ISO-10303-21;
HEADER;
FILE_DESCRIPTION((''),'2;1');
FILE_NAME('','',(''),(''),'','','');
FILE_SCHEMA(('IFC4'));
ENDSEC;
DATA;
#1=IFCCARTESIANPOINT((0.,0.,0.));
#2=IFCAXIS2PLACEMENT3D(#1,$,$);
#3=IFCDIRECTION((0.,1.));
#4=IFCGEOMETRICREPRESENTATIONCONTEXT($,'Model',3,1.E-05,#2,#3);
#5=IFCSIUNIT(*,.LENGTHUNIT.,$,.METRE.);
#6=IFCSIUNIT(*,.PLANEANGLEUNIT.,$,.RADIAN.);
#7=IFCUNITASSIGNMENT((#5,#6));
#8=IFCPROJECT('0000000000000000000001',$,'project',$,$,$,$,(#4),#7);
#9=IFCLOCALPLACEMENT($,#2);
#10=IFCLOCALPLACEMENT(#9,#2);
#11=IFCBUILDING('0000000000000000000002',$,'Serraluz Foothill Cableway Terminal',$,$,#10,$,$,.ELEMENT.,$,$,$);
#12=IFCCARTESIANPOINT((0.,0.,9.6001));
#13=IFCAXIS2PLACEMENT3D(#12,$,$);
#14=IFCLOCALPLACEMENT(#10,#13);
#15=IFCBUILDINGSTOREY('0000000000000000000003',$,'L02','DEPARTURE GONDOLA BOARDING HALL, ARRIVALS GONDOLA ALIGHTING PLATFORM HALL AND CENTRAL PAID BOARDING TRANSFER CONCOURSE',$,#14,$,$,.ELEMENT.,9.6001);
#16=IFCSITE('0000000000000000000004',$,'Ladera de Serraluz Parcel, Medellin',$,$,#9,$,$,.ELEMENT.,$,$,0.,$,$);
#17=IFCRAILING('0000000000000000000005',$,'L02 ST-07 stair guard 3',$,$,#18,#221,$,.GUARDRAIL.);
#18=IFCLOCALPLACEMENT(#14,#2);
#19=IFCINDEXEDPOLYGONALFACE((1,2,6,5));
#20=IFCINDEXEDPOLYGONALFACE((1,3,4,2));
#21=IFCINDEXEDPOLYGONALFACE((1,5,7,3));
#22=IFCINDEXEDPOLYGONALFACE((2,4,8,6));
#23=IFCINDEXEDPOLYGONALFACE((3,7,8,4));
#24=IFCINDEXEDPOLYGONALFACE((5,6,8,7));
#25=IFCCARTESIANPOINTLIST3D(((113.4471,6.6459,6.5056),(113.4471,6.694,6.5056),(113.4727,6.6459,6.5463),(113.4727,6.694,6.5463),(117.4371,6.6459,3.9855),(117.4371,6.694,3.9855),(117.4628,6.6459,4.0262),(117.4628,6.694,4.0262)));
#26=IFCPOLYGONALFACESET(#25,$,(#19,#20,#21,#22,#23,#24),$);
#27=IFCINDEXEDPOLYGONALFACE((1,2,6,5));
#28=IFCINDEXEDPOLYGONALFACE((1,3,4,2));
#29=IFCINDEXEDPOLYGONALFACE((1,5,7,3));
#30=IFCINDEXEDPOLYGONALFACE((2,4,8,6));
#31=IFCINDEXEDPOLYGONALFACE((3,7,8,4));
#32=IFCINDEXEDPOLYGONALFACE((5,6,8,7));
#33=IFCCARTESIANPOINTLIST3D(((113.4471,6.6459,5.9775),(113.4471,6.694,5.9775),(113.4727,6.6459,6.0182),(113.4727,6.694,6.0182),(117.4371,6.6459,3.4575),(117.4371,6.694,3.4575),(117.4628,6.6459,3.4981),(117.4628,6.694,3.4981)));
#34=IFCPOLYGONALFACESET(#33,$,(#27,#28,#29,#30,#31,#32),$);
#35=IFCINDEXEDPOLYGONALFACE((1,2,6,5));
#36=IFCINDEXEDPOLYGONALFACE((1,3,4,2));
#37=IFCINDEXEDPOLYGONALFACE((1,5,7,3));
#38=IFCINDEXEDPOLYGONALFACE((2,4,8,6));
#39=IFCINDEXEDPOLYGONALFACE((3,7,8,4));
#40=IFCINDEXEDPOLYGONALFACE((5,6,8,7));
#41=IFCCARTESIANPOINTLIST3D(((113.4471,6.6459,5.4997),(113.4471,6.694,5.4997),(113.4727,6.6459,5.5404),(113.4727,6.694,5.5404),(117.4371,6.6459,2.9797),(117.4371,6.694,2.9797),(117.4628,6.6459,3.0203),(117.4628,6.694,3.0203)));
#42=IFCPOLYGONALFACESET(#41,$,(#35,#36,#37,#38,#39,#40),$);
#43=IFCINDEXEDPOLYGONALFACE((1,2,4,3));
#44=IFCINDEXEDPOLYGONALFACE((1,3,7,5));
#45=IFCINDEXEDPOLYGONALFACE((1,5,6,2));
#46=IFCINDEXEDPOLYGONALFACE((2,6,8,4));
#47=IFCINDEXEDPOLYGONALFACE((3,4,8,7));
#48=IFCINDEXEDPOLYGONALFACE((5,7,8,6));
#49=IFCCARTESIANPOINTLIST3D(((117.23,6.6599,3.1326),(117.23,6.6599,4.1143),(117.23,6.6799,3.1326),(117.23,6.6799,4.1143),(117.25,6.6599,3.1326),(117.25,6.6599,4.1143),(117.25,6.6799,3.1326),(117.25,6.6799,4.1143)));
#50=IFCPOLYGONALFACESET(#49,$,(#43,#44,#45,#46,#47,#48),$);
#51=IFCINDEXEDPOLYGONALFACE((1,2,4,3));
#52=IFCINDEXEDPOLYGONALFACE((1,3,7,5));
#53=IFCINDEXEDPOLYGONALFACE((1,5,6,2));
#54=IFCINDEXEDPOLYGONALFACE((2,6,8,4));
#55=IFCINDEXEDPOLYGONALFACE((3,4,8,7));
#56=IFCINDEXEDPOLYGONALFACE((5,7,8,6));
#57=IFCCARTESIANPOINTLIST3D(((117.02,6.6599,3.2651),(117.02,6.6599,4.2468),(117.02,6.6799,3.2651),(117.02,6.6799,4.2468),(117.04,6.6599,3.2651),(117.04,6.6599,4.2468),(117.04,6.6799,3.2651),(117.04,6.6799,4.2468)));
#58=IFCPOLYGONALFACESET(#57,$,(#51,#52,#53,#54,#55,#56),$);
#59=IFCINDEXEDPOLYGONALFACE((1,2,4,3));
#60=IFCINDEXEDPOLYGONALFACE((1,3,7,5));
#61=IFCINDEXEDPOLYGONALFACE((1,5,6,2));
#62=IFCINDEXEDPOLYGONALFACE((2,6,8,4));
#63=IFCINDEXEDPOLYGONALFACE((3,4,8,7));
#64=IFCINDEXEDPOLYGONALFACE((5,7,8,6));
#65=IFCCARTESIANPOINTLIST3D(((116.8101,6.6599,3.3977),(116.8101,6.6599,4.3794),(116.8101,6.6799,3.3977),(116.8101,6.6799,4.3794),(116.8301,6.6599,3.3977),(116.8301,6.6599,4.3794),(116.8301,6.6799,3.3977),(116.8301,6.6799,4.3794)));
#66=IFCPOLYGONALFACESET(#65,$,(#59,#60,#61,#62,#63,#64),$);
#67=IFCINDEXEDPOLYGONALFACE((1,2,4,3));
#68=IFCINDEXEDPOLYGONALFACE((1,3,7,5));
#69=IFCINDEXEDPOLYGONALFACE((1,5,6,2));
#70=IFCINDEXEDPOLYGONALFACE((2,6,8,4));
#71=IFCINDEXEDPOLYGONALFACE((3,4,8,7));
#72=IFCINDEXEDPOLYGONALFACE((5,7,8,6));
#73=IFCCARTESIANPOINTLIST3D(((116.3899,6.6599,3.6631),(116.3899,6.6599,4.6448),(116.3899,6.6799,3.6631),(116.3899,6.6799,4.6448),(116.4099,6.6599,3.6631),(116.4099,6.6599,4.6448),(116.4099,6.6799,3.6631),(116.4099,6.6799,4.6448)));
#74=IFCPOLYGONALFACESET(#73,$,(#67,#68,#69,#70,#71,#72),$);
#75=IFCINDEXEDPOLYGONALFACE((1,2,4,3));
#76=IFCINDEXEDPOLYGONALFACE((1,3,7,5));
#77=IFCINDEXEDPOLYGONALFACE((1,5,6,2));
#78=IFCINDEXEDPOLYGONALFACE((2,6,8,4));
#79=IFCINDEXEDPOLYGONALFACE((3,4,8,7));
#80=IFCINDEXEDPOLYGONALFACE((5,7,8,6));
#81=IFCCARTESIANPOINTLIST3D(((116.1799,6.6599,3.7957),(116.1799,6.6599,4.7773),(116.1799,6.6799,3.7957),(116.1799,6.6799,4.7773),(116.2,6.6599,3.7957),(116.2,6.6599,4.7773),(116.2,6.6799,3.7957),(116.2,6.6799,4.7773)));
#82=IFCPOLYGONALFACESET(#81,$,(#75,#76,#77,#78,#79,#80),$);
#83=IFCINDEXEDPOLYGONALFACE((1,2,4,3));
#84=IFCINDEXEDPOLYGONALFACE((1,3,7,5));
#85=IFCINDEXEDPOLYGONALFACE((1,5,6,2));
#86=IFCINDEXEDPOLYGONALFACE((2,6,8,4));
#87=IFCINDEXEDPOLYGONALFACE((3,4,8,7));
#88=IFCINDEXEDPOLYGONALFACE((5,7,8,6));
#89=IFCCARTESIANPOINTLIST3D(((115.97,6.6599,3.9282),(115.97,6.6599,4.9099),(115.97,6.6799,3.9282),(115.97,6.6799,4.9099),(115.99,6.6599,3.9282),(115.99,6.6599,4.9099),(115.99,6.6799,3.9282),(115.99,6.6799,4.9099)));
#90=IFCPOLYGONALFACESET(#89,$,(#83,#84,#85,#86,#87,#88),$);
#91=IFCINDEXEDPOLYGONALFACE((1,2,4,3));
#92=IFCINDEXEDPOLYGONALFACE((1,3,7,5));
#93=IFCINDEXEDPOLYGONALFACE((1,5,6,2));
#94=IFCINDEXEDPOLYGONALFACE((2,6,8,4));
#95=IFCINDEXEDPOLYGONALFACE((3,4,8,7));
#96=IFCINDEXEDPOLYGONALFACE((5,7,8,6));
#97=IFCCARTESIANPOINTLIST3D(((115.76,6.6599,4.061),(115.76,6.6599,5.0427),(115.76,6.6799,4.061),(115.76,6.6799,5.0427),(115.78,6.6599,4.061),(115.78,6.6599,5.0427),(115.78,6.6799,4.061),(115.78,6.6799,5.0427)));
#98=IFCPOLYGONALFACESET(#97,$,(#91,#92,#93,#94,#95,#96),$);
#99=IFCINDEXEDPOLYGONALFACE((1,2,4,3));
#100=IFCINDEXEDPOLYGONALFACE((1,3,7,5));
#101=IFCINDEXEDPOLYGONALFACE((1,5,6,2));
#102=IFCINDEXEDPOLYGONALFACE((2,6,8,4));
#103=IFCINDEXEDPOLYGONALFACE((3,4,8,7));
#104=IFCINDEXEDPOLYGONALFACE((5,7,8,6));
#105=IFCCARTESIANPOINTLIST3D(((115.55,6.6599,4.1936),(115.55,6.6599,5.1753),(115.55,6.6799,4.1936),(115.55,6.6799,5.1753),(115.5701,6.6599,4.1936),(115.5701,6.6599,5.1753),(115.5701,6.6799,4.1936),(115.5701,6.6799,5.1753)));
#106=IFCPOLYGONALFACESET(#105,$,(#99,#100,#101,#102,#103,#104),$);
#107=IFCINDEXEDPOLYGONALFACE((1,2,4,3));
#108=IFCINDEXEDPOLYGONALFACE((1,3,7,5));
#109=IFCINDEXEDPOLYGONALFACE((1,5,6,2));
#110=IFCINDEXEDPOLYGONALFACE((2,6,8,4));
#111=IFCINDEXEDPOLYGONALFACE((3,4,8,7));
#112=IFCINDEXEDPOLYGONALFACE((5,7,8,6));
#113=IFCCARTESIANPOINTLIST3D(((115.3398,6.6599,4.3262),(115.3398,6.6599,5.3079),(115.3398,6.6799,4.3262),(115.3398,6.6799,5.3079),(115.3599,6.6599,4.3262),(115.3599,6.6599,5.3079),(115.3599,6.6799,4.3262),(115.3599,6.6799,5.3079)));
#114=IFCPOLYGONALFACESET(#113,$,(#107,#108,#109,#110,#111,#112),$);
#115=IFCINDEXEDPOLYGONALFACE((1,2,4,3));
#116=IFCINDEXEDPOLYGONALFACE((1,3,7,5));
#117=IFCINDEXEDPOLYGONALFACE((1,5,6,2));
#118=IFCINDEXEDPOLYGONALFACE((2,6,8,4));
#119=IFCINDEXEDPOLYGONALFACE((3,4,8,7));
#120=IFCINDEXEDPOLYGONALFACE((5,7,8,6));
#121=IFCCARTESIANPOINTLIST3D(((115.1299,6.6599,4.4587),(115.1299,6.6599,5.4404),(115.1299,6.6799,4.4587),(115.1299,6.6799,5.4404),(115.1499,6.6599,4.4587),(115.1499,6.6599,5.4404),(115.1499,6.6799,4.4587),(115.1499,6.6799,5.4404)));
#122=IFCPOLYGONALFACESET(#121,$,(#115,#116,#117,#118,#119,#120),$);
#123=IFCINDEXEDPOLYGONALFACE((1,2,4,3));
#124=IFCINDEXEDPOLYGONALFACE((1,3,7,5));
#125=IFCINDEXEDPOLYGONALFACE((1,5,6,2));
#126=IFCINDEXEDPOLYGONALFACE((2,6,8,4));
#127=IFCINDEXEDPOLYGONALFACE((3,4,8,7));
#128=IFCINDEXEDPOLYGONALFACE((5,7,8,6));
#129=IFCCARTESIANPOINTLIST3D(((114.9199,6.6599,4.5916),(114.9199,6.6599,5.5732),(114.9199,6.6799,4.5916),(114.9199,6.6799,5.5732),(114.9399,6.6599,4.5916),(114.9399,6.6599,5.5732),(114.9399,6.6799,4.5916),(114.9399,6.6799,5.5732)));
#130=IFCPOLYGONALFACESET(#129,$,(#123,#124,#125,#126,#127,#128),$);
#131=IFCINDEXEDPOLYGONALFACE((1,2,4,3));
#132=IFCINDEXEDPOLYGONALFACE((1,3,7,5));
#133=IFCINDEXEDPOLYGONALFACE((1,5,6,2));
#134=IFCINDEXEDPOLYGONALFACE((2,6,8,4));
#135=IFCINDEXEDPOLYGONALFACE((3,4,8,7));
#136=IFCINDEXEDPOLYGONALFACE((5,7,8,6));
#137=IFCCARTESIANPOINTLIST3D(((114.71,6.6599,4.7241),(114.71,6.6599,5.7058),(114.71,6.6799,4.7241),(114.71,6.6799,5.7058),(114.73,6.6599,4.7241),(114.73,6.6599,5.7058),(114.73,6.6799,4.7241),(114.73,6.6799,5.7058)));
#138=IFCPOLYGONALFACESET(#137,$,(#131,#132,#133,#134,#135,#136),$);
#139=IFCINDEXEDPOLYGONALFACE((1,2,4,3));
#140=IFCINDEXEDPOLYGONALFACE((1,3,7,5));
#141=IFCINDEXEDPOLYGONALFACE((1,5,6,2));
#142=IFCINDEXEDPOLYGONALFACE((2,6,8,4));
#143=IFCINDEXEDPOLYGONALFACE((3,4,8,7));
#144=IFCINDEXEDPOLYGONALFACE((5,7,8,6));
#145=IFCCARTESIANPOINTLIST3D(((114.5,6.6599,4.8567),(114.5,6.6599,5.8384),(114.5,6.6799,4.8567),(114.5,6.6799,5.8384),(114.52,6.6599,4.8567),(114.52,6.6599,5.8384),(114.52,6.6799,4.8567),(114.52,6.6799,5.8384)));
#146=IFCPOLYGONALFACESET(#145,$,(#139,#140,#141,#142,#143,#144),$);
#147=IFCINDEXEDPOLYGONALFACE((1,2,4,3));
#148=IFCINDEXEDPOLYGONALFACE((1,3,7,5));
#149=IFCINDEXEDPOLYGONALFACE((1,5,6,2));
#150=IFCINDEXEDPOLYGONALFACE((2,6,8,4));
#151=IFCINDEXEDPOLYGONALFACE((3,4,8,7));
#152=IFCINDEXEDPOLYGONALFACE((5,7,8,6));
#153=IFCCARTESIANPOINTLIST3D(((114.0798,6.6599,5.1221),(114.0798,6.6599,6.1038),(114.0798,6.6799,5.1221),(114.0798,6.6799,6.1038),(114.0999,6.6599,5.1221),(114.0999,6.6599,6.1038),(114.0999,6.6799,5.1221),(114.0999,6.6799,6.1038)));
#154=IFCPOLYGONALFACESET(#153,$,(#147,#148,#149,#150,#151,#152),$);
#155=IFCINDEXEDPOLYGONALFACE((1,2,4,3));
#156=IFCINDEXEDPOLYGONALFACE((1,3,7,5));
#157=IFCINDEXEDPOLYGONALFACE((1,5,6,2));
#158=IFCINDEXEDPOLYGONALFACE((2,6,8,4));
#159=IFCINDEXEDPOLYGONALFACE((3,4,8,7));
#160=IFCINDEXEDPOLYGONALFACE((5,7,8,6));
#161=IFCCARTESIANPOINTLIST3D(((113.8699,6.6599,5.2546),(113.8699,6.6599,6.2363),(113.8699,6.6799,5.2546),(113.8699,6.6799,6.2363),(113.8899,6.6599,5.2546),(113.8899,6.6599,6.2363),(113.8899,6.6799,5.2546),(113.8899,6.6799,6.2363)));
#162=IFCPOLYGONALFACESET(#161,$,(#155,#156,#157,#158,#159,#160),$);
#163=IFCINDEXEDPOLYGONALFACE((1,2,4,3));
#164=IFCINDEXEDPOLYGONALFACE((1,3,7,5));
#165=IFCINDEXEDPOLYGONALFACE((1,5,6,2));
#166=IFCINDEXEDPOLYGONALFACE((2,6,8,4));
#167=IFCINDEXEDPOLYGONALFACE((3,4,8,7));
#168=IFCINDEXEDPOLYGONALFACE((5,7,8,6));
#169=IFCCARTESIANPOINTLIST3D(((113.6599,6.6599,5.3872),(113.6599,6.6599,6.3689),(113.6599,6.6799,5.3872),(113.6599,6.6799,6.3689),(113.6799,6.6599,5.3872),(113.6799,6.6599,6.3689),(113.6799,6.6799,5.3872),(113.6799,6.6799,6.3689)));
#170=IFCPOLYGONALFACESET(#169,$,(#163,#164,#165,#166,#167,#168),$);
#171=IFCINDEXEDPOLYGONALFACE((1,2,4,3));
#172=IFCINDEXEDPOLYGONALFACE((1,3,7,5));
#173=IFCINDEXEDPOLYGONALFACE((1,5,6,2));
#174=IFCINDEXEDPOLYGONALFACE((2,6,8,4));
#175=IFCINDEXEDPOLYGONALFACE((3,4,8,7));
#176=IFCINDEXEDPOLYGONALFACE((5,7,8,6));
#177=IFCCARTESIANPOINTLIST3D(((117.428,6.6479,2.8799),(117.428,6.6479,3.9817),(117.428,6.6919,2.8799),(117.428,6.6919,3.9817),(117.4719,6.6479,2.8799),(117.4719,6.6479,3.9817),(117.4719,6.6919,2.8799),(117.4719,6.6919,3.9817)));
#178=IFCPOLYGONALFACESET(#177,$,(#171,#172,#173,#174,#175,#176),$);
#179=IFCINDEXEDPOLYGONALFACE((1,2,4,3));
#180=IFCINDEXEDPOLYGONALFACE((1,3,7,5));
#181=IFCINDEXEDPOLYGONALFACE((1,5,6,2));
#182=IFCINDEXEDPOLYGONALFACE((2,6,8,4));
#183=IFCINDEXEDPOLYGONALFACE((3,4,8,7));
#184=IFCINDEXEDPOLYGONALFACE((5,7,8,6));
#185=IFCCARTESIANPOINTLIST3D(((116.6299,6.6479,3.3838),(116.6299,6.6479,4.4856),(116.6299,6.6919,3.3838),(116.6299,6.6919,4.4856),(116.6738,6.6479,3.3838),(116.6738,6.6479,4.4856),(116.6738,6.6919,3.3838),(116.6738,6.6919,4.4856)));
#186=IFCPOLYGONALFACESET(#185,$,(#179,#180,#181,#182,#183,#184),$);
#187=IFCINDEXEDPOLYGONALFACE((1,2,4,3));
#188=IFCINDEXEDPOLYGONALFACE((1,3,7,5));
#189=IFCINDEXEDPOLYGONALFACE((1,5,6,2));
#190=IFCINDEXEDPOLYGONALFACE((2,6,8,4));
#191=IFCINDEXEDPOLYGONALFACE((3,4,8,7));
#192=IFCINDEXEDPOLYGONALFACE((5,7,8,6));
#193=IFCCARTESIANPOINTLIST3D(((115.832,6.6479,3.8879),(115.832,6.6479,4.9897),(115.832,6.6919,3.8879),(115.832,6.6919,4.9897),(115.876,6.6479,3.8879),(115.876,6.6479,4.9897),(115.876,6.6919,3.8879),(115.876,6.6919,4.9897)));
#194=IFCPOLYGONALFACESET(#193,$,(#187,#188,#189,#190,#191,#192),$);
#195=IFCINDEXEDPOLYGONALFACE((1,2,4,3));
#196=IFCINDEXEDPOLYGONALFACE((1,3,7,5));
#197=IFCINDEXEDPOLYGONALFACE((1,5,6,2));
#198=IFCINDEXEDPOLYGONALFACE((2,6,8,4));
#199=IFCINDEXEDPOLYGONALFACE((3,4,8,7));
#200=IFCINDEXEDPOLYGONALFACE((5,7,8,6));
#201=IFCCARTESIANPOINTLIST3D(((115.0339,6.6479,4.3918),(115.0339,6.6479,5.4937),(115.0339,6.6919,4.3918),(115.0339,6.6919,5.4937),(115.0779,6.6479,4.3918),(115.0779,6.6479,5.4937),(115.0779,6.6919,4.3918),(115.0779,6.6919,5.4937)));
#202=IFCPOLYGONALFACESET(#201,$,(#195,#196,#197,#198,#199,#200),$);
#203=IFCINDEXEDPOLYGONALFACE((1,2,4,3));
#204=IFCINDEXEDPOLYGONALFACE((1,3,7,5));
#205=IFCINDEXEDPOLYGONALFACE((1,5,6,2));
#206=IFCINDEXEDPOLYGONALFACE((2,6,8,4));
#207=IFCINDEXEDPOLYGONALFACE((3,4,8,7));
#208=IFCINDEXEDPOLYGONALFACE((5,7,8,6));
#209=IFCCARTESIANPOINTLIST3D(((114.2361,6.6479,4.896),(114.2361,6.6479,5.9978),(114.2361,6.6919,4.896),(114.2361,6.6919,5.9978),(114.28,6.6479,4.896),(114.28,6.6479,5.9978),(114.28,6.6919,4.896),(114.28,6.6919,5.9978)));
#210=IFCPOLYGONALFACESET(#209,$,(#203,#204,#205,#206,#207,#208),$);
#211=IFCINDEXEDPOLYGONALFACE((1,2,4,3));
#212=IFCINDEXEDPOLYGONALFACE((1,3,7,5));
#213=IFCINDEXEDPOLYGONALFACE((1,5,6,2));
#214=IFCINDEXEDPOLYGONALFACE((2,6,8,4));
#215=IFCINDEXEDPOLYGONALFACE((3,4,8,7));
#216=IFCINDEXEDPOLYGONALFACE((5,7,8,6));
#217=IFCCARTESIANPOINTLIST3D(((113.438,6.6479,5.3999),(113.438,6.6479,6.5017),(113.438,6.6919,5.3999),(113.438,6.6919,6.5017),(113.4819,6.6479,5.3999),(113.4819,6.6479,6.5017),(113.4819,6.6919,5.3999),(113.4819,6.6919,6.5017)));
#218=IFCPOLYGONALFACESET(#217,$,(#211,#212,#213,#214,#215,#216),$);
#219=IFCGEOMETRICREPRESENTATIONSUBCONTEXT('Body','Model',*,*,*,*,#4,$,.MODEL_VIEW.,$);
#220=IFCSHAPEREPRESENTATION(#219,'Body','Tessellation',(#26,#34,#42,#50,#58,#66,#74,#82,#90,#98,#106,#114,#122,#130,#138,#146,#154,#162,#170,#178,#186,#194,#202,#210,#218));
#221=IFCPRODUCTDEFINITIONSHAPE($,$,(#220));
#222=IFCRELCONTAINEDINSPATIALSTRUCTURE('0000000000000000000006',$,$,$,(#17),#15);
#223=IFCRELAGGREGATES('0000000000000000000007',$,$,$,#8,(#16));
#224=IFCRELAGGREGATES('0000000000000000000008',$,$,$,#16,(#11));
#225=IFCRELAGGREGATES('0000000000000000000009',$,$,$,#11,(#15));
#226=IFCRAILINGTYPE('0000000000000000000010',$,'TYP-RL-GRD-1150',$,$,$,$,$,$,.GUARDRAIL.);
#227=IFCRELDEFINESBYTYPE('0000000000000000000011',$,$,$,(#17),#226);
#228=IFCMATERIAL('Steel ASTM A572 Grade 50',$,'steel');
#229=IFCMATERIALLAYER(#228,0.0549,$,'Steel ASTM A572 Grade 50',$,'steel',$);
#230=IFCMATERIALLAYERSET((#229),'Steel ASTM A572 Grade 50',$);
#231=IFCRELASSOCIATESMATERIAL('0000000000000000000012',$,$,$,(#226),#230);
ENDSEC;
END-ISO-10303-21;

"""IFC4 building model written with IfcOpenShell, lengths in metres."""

from ifc_helpers import new_model, si_unit, direction, frame, origin, origin_2d, place, context, subcontext, project, spatial, rectangle, extrude, material, layer, layer_set, type_object, element, save


model = new_model("IFC4")

# Units and contexts
model_context = context("Model", 3, precision=1e-05, world=origin(), true_north=direction((0.0, 1.0)))
body_context = subcontext(model_context, "Body", "Model", "MODEL_VIEW")
ifc_project = project(units=[si_unit("LENGTHUNIT", "METRE"), si_unit("PLANEANGLEUNIT", "RADIAN")], contexts=[model_context])

# Site, building, storey
site_placement = place(None, origin())
site = spatial("IfcSite", under=ifc_project, at=site_placement, Name="Ladera de Serraluz Parcel, Medellin", CompositionType="ELEMENT", RefElevation=0.0)
building_placement = place(site_placement, origin())
building = spatial("IfcBuilding", under=site, at=building_placement, Name="Serraluz Foothill Cableway Terminal", CompositionType="ELEMENT")
storey_placement = place(building_placement, frame((0.0, 0.0, 9.6001)))
storey = spatial("IfcBuildingStorey", under=building, at=storey_placement, Name="L02", Description="DEPARTURE GONDOLA BOARDING HALL, ARRIVALS GONDOLA ALIGHTING PLATFORM HALL AND CENTRAL PAID BOARDING TRANSFER CONCOURSE", CompositionType="ELEMENT", Elevation=9.6001)

# Shared definitions
ifc_material_1 = material(Name="Steel ASTM A572 Grade 50", Category="steel")

# Railing
ifc_layer_1 = layer(ifc_material_1, 0.0549, Name="Steel ASTM A572 Grade 50", Category="steel")
ifc_layer_set_1 = layer_set([ifc_layer_1], Name="Steel ASTM A572 Grade 50")
railing_type_1 = type_object("IfcRailingType", Name="TYP-RL-GRD-1150", PredefinedType="GUARDRAIL", material=ifc_layer_set_1)
railing_1_placement = place(storey_placement, frame((117.45, 6.6699, 2.8799)))
element("IfcRailing", 1, at=railing_1_placement, inside=storey, type_object=railing_type_1, Name="L02 ST-07 stair guard 3", PredefinedType="GUARDRAIL", context=body_context, shape_type="SweptSolid", body=[
    extrude(rectangle(XDim=0.0481, YDim=0.0481, at=origin_2d()), frame((0.0, 0.0, 1.126), z_axis=(-0.845486, 0.0, 0.533997), x_axis=(0.0, -1.0, 0.0)), (0.0, 0.0, 1.0), 4.7192),
    extrude(rectangle(XDim=0.0481, YDim=0.0481, at=origin_2d()), frame((0.0, 0.0, 0.5979), z_axis=(-0.845486, 0.0, 0.533997), x_axis=(0.0, -1.0, 0.0)), (0.0, 0.0, 1.0), 4.7192),
    extrude(rectangle(XDim=0.0481, YDim=0.0481, at=origin_2d()), frame((0.0, 0.0, 0.1201), z_axis=(-0.845486, 0.0, 0.533997), x_axis=(0.0, -1.0, 0.0)), (0.0, 0.0, 1.0), 4.7192),
    extrude(rectangle(XDim=0.02, YDim=0.02, at=origin_2d()), frame((-0.21, 0.0, 0.2527)), (0.0, 0.0, 1.0), 0.9817),
    extrude(rectangle(XDim=0.02, YDim=0.02, at=origin_2d()), frame((-0.4199, 0.0, 0.3853)), (0.0, 0.0, 1.0), 0.9817),
    extrude(rectangle(XDim=0.02, YDim=0.02, at=origin_2d()), frame((-0.6299, 0.0, 0.5178)), (0.0, 0.0, 1.0), 0.9817),
    extrude(rectangle(XDim=0.02, YDim=0.02, at=origin_2d()), frame((-1.05, 0.0, 0.7832)), (0.0, 0.0, 1.0), 0.9817),
    extrude(rectangle(XDim=0.02, YDim=0.02, at=origin_2d()), frame((-1.26, 0.0, 0.9158)), (0.0, 0.0, 1.0), 0.9817),
    extrude(rectangle(XDim=0.02, YDim=0.02, at=origin_2d()), frame((-1.47, 0.0, 1.0483)), (0.0, 0.0, 1.0), 0.9817),
    extrude(rectangle(XDim=0.02, YDim=0.02, at=origin_2d()), frame((-1.6799, 0.0, 1.1812)), (0.0, 0.0, 1.0), 0.9817),
    extrude(rectangle(XDim=0.02, YDim=0.02, at=origin_2d()), frame((-1.8899, 0.0, 1.3137)), (0.0, 0.0, 1.0), 0.9817),
    extrude(rectangle(XDim=0.02, YDim=0.02, at=origin_2d()), frame((-2.1001, 0.0, 1.4463)), (0.0, 0.0, 1.0), 0.9817),
    extrude(rectangle(XDim=0.02, YDim=0.02, at=origin_2d()), frame((-2.3101, 0.0, 1.5789)), (0.0, 0.0, 1.0), 0.9817),
    extrude(rectangle(XDim=0.02, YDim=0.02, at=origin_2d()), frame((-2.52, 0.0, 1.7117)), (0.0, 0.0, 1.0), 0.9817),
    extrude(rectangle(XDim=0.02, YDim=0.02, at=origin_2d()), frame((-2.73, 0.0, 1.8442)), (0.0, 0.0, 1.0), 0.9817),
    extrude(rectangle(XDim=0.02, YDim=0.02, at=origin_2d()), frame((-2.9399, 0.0, 1.9768)), (0.0, 0.0, 1.0), 0.9817),
    extrude(rectangle(XDim=0.02, YDim=0.02, at=origin_2d()), frame((-3.3601, 0.0, 2.2422)), (0.0, 0.0, 1.0), 0.9817),
    extrude(rectangle(XDim=0.02, YDim=0.02, at=origin_2d()), frame((-3.5701, 0.0, 2.3748)), (0.0, 0.0, 1.0), 0.9817),
    extrude(rectangle(XDim=0.02, YDim=0.02, at=origin_2d()), frame((-3.78, 0.0, 2.5073)), (0.0, 0.0, 1.0), 0.9817),
    extrude(rectangle(XDim=0.0439, YDim=0.0439, at=origin_2d()), origin(), (0.0, 0.0, 1.0), 1.1018),
    extrude(rectangle(XDim=0.0439, YDim=0.0439, at=origin_2d()), frame((-0.7981, 0.0, 0.5039)), (0.0, 0.0, 1.0), 1.1018),
    extrude(rectangle(XDim=0.0439, YDim=0.0439, at=origin_2d()), frame((-1.5959, 0.0, 1.0081)), (0.0, 0.0, 1.0), 1.1018),
    extrude(rectangle(XDim=0.0439, YDim=0.0439, at=origin_2d()), frame((-2.394, 0.0, 1.512)), (0.0, 0.0, 1.0), 1.1018),
    extrude(rectangle(XDim=0.0439, YDim=0.0439, at=origin_2d()), frame((-3.1919, 0.0, 2.0161)), (0.0, 0.0, 1.0), 1.1018),
    extrude(rectangle(XDim=0.0439, YDim=0.0439, at=origin_2d()), frame((-3.99, 0.0, 2.52)), (0.0, 0.0, 1.0), 1.1018),
])

save(model, "model.ifc")
